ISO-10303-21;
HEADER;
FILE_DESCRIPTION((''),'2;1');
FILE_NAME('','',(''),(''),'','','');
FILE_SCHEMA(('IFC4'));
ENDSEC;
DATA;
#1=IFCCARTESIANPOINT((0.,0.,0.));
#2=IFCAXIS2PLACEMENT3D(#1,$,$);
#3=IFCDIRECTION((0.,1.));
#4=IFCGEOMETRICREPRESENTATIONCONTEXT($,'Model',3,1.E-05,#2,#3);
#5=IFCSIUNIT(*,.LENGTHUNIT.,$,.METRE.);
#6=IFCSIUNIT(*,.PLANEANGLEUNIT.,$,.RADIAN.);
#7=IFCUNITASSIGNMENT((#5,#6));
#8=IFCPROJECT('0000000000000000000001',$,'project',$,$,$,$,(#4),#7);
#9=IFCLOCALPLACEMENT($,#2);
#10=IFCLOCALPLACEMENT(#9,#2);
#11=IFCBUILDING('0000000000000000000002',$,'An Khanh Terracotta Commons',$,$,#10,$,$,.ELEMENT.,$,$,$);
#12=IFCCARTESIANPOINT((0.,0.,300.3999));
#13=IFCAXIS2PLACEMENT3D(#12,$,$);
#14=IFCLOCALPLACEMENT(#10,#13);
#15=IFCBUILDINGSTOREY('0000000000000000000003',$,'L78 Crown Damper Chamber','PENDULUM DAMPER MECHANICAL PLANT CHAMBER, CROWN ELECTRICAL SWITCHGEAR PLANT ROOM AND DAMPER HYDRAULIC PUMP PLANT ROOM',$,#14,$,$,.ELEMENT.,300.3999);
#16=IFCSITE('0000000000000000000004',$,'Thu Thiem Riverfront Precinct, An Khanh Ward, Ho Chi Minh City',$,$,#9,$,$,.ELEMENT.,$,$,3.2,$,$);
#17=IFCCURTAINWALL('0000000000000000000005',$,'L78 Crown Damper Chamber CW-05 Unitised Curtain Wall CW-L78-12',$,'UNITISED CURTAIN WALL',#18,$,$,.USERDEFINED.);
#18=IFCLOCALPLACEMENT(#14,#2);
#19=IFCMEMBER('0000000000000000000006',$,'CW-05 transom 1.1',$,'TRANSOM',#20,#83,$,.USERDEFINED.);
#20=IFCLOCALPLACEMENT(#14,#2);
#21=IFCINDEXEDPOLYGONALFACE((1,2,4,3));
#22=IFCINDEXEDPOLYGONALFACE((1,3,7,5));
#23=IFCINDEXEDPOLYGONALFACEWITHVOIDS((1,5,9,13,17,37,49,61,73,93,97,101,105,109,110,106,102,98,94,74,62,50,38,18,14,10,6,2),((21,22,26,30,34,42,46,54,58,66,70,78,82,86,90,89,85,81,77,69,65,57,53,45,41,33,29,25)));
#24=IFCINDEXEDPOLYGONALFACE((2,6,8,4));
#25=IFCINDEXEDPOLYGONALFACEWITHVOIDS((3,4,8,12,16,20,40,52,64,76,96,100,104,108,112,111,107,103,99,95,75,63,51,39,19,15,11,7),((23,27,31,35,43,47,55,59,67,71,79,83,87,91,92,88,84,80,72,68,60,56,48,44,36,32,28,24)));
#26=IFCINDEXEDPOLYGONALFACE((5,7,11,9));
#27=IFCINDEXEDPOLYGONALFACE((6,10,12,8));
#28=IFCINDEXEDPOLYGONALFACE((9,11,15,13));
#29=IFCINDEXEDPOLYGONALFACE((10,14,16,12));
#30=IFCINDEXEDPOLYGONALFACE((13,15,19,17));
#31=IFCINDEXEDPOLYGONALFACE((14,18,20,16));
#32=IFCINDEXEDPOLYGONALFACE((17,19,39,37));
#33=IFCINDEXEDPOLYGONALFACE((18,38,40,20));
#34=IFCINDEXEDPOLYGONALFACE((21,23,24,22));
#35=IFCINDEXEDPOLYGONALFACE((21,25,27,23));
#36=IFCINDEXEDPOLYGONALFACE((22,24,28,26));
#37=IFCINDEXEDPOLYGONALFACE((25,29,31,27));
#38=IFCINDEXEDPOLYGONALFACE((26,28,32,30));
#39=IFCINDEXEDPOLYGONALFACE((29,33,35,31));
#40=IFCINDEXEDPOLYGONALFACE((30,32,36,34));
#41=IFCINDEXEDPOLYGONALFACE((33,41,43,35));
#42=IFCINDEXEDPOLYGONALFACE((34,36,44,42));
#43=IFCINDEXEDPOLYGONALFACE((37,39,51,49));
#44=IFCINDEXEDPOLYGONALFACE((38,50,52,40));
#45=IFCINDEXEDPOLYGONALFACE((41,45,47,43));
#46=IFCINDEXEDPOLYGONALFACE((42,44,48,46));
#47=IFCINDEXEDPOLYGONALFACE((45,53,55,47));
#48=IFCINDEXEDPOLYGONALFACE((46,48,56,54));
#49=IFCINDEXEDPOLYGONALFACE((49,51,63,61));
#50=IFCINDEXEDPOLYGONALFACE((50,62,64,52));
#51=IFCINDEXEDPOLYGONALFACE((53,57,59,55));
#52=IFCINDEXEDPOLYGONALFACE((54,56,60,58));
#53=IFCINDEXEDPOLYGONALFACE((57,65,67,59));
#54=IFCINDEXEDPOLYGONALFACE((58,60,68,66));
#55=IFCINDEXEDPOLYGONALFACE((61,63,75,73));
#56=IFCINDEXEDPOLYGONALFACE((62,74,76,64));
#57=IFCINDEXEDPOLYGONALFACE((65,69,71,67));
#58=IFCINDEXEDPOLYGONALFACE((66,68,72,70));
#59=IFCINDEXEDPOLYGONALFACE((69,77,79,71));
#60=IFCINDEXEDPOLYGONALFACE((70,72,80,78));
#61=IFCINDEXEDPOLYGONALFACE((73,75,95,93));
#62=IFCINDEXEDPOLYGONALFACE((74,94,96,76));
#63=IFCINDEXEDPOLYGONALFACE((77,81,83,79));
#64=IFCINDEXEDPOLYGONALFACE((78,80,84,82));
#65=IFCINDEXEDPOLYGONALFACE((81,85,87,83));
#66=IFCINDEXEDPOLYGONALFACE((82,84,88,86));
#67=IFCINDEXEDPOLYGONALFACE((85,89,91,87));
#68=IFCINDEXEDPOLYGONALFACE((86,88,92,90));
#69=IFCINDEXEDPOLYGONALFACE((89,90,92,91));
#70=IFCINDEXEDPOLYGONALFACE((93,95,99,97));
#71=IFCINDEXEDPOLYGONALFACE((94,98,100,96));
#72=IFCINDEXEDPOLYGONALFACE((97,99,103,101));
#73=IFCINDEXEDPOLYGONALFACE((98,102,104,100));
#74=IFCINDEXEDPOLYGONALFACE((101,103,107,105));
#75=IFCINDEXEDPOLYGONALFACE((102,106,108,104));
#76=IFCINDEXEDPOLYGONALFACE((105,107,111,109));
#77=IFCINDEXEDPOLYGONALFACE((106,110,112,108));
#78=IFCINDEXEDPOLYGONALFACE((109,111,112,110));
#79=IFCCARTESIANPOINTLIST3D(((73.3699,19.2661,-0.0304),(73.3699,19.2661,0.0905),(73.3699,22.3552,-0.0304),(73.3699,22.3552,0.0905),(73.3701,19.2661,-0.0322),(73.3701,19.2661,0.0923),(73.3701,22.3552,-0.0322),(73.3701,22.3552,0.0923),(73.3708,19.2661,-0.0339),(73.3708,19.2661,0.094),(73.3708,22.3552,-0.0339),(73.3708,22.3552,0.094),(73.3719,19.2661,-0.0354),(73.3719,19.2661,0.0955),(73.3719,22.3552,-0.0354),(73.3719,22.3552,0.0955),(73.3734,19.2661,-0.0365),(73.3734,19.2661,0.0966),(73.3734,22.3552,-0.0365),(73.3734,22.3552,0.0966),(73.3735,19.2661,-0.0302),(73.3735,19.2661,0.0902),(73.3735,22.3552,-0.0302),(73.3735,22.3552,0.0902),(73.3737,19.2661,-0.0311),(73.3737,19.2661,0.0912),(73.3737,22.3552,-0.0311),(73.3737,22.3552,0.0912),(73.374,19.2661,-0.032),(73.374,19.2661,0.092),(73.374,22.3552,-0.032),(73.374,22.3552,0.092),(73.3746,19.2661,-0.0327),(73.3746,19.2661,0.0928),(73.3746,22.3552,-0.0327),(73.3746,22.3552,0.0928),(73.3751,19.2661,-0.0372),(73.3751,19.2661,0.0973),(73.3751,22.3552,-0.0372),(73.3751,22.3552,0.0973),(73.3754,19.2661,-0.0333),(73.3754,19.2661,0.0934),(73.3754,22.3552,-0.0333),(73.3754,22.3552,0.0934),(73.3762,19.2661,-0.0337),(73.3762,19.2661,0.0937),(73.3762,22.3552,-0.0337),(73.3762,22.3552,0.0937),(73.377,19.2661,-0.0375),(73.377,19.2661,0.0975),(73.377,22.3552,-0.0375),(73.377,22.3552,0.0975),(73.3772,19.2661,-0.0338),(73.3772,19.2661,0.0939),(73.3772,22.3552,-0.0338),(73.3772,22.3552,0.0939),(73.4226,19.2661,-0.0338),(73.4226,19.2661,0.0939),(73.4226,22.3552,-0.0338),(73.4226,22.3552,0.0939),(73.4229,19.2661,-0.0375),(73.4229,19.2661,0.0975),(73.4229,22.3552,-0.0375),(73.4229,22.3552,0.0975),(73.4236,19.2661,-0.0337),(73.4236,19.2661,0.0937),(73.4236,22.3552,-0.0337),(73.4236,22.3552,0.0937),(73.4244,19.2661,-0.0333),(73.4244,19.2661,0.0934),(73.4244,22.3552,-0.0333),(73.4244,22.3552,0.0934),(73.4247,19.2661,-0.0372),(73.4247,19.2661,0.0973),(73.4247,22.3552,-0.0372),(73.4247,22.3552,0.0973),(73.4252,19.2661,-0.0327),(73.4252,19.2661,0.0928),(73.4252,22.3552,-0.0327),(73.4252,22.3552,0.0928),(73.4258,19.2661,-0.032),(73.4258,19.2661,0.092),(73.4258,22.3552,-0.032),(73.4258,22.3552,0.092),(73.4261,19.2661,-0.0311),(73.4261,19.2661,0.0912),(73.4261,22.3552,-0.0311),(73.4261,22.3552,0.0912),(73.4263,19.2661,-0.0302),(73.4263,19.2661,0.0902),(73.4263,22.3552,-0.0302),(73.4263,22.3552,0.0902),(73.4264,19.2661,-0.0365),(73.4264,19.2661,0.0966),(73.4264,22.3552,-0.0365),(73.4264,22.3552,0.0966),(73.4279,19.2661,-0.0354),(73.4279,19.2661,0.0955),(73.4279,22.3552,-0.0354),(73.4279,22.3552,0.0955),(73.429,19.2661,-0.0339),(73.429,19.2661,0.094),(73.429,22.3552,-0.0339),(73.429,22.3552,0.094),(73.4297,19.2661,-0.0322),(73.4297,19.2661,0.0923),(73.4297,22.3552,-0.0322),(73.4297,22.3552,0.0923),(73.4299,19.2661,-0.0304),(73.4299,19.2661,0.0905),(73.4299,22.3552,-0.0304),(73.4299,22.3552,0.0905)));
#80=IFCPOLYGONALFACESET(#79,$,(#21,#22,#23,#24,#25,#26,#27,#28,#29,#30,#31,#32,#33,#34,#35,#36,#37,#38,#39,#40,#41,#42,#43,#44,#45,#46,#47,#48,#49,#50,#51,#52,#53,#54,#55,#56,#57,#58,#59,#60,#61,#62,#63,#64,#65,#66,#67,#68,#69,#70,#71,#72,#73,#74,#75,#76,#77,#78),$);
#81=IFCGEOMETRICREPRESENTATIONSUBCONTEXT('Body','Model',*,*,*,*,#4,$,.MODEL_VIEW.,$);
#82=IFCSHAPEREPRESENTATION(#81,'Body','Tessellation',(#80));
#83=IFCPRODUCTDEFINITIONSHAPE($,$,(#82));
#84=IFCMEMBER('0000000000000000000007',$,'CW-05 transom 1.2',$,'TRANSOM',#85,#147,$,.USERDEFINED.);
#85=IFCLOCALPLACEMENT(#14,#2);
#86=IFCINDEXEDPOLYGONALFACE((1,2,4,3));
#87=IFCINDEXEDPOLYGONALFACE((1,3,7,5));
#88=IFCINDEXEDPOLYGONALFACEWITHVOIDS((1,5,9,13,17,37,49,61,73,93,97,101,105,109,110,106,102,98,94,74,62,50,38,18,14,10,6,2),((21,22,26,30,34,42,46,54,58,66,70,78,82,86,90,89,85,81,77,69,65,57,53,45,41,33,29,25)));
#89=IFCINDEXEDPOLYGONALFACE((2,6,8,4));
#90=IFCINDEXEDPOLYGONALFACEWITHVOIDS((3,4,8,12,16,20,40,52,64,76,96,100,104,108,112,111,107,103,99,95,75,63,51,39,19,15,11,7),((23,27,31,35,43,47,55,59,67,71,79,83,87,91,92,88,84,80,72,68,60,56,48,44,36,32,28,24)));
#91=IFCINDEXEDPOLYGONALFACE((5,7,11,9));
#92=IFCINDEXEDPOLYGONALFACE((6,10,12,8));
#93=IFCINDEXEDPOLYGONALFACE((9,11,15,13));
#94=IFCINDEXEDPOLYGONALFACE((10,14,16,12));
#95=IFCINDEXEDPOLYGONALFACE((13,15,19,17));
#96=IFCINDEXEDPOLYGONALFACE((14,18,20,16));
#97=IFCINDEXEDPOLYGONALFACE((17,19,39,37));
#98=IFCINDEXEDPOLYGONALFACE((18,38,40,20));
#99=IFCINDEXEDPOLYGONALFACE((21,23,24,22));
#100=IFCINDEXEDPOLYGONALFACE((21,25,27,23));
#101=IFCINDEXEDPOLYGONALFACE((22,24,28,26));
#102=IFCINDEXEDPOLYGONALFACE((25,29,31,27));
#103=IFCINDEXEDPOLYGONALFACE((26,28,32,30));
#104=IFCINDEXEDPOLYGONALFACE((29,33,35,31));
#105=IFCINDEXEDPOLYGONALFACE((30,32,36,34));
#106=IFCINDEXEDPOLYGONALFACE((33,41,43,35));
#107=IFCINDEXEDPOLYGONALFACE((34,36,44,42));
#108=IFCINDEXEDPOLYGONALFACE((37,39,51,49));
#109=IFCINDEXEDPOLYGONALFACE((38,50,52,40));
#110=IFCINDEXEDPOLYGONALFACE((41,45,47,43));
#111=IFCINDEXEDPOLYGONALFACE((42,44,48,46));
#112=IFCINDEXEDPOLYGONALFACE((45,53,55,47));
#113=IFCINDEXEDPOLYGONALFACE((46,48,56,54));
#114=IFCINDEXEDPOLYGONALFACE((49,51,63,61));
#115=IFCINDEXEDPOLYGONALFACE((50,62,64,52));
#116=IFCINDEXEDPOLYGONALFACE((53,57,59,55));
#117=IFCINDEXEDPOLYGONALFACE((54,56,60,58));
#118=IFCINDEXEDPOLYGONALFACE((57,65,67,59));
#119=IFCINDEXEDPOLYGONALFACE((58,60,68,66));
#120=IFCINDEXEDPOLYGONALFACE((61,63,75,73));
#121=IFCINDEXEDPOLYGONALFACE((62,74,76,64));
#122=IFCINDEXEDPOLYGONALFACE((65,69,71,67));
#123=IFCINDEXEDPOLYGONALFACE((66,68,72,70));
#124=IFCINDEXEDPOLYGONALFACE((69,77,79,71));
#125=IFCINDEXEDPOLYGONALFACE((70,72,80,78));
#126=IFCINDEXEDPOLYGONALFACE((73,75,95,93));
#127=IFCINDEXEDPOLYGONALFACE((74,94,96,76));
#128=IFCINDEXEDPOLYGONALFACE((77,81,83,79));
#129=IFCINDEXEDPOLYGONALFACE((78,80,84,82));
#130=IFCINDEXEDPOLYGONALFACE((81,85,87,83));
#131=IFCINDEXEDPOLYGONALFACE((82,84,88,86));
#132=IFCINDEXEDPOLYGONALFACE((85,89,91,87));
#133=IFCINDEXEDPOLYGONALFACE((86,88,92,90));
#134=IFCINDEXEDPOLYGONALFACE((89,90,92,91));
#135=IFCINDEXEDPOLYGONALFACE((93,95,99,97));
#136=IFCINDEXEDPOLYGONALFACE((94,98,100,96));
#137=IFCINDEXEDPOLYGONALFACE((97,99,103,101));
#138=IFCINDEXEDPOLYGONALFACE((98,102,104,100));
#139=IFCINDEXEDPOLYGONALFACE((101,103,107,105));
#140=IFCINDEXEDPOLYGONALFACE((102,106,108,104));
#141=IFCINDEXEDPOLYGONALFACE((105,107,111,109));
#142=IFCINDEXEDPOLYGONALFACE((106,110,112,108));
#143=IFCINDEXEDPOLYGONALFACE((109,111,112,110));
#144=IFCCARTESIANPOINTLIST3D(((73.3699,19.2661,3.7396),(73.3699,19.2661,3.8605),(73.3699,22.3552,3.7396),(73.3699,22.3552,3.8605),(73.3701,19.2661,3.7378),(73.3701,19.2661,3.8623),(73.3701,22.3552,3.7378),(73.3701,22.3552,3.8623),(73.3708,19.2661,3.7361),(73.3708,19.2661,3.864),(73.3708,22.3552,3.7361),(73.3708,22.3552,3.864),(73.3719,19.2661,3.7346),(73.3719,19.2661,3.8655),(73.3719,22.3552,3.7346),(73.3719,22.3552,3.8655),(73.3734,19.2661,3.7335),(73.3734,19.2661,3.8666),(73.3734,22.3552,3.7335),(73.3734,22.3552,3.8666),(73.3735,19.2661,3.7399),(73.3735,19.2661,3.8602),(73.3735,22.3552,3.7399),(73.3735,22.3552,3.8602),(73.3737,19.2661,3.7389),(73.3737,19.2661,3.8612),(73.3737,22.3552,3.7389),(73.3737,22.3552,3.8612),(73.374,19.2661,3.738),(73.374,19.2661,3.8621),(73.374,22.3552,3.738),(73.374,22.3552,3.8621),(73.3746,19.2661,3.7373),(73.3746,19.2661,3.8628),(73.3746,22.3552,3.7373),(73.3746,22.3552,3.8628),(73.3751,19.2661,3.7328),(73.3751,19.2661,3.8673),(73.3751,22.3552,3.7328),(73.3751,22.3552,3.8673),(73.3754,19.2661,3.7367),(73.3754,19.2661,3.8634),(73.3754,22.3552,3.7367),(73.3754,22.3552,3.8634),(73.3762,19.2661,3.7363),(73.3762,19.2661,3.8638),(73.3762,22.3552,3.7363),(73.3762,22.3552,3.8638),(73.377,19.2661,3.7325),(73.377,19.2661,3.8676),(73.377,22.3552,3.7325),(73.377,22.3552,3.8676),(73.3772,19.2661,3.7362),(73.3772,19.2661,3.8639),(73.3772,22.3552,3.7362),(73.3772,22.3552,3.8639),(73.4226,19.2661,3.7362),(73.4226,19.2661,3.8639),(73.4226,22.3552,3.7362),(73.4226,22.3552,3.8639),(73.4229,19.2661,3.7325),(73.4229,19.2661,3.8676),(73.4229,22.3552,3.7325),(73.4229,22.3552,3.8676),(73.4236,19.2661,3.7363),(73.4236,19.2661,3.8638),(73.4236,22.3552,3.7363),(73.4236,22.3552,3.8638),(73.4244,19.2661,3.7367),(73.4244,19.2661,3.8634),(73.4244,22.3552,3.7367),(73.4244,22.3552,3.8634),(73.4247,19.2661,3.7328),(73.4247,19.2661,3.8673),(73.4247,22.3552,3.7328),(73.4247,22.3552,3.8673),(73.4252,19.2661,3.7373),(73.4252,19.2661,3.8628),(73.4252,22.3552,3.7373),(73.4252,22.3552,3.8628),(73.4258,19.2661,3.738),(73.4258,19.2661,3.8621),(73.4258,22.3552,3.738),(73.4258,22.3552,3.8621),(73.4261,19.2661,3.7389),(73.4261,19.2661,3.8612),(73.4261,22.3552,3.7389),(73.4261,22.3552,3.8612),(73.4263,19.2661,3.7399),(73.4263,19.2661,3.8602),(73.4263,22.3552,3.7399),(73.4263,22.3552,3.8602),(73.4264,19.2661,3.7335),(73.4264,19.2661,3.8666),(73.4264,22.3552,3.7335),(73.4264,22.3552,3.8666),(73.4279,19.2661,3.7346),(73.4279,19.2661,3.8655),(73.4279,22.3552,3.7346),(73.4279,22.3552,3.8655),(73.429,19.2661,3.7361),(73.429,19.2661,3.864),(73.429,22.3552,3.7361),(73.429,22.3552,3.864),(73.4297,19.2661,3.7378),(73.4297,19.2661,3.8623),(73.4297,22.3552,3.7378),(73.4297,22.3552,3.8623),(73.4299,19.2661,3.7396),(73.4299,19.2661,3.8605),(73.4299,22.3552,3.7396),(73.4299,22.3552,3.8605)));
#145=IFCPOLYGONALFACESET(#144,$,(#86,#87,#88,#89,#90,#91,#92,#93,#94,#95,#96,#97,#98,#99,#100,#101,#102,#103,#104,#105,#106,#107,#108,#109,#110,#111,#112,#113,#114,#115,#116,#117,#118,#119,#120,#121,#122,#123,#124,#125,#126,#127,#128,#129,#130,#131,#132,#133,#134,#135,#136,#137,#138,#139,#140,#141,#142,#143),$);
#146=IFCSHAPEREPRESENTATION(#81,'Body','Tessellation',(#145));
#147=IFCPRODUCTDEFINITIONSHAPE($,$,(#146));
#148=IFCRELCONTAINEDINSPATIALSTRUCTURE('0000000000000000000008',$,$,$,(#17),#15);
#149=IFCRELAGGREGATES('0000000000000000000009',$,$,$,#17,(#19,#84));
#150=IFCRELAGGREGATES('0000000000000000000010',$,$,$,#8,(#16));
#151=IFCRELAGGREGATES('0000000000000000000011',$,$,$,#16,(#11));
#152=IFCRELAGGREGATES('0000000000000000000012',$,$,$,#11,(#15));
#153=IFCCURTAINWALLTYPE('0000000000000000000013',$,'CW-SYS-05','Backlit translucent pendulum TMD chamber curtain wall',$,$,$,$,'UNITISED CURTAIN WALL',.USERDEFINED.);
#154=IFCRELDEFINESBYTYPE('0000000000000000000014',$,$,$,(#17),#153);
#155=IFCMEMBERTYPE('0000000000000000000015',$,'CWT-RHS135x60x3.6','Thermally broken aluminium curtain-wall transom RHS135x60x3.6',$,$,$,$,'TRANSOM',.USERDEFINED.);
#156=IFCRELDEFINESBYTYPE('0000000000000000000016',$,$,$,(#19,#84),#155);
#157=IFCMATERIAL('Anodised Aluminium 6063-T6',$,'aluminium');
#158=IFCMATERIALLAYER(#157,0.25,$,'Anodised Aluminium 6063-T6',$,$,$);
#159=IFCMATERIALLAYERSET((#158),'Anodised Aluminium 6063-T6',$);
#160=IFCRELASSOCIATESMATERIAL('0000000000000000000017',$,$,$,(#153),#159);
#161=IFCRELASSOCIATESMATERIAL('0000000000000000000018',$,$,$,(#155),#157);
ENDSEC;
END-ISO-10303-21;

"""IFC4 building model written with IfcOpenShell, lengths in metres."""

from ifc_helpers import new_model, si_unit, direction, frame, origin, origin_2d, place, context, subcontext, project, spatial, hollow_rectangle, extrude, material, layer, layer_set, material_profile, profile_set, type_object, element, aggregate, save


model = new_model("IFC4")

# Units and contexts
model_context = context("Model", 3, precision=1e-05, world=origin(), true_north=direction((0.0, 1.0)))
body_context = subcontext(model_context, "Body", "Model", "MODEL_VIEW")
ifc_project = project(units=[si_unit("LENGTHUNIT", "METRE"), si_unit("PLANEANGLEUNIT", "RADIAN")], contexts=[model_context])

# Site, building, storey
site_placement = place(None, origin())
site = spatial("IfcSite", under=ifc_project, at=site_placement, Name="Thu Thiem Riverfront Precinct, An Khanh Ward, Ho Chi Minh City", CompositionType="ELEMENT", RefElevation=3.2)
building_placement = place(site_placement, origin())
building = spatial("IfcBuilding", under=site, at=building_placement, Name="An Khanh Terracotta Commons", CompositionType="ELEMENT")
storey_placement = place(building_placement, frame((0.0, 0.0, 300.3999)))
storey = spatial("IfcBuildingStorey", under=building, at=storey_placement, Name="L78 Crown Damper Chamber", Description="PENDULUM DAMPER MECHANICAL PLANT CHAMBER, CROWN ELECTRICAL SWITCHGEAR PLANT ROOM AND DAMPER HYDRAULIC PUMP PLANT ROOM", CompositionType="ELEMENT", Elevation=300.3999)

# Curtain wall
ifc_material_1 = material(Name="Anodised Aluminium 6063-T6", Category="aluminium")
ifc_layer_1 = layer(ifc_material_1, 0.25, Name="Anodised Aluminium 6063-T6")
ifc_layer_set_1 = layer_set([ifc_layer_1], Name="Anodised Aluminium 6063-T6")
curtain_wall_type = type_object("IfcCurtainWallType", Name="CW-SYS-05", Description="Backlit translucent pendulum TMD chamber curtain wall", ElementType="UNITISED CURTAIN WALL", PredefinedType="USERDEFINED", material=ifc_layer_set_1)
curtain_wall_1_placement = place(storey_placement, origin())
curtain_wall_1 = element("IfcCurtainWall", 1, at=curtain_wall_1_placement, inside=storey, type_object=curtain_wall_type, Name="L78 Crown Damper Chamber CW-05 Unitised Curtain Wall CW-L78-12", ObjectType="UNITISED CURTAIN WALL", PredefinedType="USERDEFINED")

# Members
ifc_material_profile_1 = material_profile(ifc_material_1, hollow_rectangle(XDim=0.0601, YDim=0.135, WallThickness=0.0037, InnerFilletRadius=0.0037, OuterFilletRadius=0.0071, at=origin_2d()), Name="RHS135x60x3.6")
ifc_profile_set_1 = profile_set([ifc_material_profile_1], Name="Anodised Aluminium 6063-T6")
member_type_1 = type_object("IfcMemberType", Name="CWT-RHS135x60x3.6", Description="Thermally broken aluminium curtain-wall transom RHS135x60x3.6", ElementType="TRANSOM", PredefinedType="USERDEFINED", material=ifc_profile_set_1)
member_1_placement = place(storey_placement, frame((73.3999, 19.2661, 0.03), z_axis=(0.0, 1.0, 0.0), x_axis=(-1.0, 0.0, 0.0)))
member_1 = element("IfcMember", 2, at=member_1_placement, type_object=member_type_1, Name="CW-05 transom 1.1", ObjectType="TRANSOM", PredefinedType="USERDEFINED", context=body_context, shape_type="SweptSolid", body=[
    extrude(hollow_rectangle(XDim=0.0601, YDim=0.135, WallThickness=0.0037, InnerFilletRadius=0.0037, OuterFilletRadius=0.0071, at=origin_2d()), origin(), (0.0, 0.0, 1.0), 3.0891),
])
member_2_placement = place(storey_placement, frame((73.3999, 19.2661, 3.8), z_axis=(0.0, 1.0, 0.0), x_axis=(-1.0, 0.0, 0.0)))
member_2 = element("IfcMember", 3, at=member_2_placement, type_object=member_type_1, Name="CW-05 transom 1.2", ObjectType="TRANSOM", PredefinedType="USERDEFINED", context=body_context, shape_type="SweptSolid", body=[
    extrude(hollow_rectangle(XDim=0.0601, YDim=0.135, WallThickness=0.0037, InnerFilletRadius=0.0037, OuterFilletRadius=0.0071, at=origin_2d()), origin(), (0.0, 0.0, 1.0), 3.0891),
])

aggregate(curtain_wall_1, [member_1, member_2])

save(model, "model.ifc")
